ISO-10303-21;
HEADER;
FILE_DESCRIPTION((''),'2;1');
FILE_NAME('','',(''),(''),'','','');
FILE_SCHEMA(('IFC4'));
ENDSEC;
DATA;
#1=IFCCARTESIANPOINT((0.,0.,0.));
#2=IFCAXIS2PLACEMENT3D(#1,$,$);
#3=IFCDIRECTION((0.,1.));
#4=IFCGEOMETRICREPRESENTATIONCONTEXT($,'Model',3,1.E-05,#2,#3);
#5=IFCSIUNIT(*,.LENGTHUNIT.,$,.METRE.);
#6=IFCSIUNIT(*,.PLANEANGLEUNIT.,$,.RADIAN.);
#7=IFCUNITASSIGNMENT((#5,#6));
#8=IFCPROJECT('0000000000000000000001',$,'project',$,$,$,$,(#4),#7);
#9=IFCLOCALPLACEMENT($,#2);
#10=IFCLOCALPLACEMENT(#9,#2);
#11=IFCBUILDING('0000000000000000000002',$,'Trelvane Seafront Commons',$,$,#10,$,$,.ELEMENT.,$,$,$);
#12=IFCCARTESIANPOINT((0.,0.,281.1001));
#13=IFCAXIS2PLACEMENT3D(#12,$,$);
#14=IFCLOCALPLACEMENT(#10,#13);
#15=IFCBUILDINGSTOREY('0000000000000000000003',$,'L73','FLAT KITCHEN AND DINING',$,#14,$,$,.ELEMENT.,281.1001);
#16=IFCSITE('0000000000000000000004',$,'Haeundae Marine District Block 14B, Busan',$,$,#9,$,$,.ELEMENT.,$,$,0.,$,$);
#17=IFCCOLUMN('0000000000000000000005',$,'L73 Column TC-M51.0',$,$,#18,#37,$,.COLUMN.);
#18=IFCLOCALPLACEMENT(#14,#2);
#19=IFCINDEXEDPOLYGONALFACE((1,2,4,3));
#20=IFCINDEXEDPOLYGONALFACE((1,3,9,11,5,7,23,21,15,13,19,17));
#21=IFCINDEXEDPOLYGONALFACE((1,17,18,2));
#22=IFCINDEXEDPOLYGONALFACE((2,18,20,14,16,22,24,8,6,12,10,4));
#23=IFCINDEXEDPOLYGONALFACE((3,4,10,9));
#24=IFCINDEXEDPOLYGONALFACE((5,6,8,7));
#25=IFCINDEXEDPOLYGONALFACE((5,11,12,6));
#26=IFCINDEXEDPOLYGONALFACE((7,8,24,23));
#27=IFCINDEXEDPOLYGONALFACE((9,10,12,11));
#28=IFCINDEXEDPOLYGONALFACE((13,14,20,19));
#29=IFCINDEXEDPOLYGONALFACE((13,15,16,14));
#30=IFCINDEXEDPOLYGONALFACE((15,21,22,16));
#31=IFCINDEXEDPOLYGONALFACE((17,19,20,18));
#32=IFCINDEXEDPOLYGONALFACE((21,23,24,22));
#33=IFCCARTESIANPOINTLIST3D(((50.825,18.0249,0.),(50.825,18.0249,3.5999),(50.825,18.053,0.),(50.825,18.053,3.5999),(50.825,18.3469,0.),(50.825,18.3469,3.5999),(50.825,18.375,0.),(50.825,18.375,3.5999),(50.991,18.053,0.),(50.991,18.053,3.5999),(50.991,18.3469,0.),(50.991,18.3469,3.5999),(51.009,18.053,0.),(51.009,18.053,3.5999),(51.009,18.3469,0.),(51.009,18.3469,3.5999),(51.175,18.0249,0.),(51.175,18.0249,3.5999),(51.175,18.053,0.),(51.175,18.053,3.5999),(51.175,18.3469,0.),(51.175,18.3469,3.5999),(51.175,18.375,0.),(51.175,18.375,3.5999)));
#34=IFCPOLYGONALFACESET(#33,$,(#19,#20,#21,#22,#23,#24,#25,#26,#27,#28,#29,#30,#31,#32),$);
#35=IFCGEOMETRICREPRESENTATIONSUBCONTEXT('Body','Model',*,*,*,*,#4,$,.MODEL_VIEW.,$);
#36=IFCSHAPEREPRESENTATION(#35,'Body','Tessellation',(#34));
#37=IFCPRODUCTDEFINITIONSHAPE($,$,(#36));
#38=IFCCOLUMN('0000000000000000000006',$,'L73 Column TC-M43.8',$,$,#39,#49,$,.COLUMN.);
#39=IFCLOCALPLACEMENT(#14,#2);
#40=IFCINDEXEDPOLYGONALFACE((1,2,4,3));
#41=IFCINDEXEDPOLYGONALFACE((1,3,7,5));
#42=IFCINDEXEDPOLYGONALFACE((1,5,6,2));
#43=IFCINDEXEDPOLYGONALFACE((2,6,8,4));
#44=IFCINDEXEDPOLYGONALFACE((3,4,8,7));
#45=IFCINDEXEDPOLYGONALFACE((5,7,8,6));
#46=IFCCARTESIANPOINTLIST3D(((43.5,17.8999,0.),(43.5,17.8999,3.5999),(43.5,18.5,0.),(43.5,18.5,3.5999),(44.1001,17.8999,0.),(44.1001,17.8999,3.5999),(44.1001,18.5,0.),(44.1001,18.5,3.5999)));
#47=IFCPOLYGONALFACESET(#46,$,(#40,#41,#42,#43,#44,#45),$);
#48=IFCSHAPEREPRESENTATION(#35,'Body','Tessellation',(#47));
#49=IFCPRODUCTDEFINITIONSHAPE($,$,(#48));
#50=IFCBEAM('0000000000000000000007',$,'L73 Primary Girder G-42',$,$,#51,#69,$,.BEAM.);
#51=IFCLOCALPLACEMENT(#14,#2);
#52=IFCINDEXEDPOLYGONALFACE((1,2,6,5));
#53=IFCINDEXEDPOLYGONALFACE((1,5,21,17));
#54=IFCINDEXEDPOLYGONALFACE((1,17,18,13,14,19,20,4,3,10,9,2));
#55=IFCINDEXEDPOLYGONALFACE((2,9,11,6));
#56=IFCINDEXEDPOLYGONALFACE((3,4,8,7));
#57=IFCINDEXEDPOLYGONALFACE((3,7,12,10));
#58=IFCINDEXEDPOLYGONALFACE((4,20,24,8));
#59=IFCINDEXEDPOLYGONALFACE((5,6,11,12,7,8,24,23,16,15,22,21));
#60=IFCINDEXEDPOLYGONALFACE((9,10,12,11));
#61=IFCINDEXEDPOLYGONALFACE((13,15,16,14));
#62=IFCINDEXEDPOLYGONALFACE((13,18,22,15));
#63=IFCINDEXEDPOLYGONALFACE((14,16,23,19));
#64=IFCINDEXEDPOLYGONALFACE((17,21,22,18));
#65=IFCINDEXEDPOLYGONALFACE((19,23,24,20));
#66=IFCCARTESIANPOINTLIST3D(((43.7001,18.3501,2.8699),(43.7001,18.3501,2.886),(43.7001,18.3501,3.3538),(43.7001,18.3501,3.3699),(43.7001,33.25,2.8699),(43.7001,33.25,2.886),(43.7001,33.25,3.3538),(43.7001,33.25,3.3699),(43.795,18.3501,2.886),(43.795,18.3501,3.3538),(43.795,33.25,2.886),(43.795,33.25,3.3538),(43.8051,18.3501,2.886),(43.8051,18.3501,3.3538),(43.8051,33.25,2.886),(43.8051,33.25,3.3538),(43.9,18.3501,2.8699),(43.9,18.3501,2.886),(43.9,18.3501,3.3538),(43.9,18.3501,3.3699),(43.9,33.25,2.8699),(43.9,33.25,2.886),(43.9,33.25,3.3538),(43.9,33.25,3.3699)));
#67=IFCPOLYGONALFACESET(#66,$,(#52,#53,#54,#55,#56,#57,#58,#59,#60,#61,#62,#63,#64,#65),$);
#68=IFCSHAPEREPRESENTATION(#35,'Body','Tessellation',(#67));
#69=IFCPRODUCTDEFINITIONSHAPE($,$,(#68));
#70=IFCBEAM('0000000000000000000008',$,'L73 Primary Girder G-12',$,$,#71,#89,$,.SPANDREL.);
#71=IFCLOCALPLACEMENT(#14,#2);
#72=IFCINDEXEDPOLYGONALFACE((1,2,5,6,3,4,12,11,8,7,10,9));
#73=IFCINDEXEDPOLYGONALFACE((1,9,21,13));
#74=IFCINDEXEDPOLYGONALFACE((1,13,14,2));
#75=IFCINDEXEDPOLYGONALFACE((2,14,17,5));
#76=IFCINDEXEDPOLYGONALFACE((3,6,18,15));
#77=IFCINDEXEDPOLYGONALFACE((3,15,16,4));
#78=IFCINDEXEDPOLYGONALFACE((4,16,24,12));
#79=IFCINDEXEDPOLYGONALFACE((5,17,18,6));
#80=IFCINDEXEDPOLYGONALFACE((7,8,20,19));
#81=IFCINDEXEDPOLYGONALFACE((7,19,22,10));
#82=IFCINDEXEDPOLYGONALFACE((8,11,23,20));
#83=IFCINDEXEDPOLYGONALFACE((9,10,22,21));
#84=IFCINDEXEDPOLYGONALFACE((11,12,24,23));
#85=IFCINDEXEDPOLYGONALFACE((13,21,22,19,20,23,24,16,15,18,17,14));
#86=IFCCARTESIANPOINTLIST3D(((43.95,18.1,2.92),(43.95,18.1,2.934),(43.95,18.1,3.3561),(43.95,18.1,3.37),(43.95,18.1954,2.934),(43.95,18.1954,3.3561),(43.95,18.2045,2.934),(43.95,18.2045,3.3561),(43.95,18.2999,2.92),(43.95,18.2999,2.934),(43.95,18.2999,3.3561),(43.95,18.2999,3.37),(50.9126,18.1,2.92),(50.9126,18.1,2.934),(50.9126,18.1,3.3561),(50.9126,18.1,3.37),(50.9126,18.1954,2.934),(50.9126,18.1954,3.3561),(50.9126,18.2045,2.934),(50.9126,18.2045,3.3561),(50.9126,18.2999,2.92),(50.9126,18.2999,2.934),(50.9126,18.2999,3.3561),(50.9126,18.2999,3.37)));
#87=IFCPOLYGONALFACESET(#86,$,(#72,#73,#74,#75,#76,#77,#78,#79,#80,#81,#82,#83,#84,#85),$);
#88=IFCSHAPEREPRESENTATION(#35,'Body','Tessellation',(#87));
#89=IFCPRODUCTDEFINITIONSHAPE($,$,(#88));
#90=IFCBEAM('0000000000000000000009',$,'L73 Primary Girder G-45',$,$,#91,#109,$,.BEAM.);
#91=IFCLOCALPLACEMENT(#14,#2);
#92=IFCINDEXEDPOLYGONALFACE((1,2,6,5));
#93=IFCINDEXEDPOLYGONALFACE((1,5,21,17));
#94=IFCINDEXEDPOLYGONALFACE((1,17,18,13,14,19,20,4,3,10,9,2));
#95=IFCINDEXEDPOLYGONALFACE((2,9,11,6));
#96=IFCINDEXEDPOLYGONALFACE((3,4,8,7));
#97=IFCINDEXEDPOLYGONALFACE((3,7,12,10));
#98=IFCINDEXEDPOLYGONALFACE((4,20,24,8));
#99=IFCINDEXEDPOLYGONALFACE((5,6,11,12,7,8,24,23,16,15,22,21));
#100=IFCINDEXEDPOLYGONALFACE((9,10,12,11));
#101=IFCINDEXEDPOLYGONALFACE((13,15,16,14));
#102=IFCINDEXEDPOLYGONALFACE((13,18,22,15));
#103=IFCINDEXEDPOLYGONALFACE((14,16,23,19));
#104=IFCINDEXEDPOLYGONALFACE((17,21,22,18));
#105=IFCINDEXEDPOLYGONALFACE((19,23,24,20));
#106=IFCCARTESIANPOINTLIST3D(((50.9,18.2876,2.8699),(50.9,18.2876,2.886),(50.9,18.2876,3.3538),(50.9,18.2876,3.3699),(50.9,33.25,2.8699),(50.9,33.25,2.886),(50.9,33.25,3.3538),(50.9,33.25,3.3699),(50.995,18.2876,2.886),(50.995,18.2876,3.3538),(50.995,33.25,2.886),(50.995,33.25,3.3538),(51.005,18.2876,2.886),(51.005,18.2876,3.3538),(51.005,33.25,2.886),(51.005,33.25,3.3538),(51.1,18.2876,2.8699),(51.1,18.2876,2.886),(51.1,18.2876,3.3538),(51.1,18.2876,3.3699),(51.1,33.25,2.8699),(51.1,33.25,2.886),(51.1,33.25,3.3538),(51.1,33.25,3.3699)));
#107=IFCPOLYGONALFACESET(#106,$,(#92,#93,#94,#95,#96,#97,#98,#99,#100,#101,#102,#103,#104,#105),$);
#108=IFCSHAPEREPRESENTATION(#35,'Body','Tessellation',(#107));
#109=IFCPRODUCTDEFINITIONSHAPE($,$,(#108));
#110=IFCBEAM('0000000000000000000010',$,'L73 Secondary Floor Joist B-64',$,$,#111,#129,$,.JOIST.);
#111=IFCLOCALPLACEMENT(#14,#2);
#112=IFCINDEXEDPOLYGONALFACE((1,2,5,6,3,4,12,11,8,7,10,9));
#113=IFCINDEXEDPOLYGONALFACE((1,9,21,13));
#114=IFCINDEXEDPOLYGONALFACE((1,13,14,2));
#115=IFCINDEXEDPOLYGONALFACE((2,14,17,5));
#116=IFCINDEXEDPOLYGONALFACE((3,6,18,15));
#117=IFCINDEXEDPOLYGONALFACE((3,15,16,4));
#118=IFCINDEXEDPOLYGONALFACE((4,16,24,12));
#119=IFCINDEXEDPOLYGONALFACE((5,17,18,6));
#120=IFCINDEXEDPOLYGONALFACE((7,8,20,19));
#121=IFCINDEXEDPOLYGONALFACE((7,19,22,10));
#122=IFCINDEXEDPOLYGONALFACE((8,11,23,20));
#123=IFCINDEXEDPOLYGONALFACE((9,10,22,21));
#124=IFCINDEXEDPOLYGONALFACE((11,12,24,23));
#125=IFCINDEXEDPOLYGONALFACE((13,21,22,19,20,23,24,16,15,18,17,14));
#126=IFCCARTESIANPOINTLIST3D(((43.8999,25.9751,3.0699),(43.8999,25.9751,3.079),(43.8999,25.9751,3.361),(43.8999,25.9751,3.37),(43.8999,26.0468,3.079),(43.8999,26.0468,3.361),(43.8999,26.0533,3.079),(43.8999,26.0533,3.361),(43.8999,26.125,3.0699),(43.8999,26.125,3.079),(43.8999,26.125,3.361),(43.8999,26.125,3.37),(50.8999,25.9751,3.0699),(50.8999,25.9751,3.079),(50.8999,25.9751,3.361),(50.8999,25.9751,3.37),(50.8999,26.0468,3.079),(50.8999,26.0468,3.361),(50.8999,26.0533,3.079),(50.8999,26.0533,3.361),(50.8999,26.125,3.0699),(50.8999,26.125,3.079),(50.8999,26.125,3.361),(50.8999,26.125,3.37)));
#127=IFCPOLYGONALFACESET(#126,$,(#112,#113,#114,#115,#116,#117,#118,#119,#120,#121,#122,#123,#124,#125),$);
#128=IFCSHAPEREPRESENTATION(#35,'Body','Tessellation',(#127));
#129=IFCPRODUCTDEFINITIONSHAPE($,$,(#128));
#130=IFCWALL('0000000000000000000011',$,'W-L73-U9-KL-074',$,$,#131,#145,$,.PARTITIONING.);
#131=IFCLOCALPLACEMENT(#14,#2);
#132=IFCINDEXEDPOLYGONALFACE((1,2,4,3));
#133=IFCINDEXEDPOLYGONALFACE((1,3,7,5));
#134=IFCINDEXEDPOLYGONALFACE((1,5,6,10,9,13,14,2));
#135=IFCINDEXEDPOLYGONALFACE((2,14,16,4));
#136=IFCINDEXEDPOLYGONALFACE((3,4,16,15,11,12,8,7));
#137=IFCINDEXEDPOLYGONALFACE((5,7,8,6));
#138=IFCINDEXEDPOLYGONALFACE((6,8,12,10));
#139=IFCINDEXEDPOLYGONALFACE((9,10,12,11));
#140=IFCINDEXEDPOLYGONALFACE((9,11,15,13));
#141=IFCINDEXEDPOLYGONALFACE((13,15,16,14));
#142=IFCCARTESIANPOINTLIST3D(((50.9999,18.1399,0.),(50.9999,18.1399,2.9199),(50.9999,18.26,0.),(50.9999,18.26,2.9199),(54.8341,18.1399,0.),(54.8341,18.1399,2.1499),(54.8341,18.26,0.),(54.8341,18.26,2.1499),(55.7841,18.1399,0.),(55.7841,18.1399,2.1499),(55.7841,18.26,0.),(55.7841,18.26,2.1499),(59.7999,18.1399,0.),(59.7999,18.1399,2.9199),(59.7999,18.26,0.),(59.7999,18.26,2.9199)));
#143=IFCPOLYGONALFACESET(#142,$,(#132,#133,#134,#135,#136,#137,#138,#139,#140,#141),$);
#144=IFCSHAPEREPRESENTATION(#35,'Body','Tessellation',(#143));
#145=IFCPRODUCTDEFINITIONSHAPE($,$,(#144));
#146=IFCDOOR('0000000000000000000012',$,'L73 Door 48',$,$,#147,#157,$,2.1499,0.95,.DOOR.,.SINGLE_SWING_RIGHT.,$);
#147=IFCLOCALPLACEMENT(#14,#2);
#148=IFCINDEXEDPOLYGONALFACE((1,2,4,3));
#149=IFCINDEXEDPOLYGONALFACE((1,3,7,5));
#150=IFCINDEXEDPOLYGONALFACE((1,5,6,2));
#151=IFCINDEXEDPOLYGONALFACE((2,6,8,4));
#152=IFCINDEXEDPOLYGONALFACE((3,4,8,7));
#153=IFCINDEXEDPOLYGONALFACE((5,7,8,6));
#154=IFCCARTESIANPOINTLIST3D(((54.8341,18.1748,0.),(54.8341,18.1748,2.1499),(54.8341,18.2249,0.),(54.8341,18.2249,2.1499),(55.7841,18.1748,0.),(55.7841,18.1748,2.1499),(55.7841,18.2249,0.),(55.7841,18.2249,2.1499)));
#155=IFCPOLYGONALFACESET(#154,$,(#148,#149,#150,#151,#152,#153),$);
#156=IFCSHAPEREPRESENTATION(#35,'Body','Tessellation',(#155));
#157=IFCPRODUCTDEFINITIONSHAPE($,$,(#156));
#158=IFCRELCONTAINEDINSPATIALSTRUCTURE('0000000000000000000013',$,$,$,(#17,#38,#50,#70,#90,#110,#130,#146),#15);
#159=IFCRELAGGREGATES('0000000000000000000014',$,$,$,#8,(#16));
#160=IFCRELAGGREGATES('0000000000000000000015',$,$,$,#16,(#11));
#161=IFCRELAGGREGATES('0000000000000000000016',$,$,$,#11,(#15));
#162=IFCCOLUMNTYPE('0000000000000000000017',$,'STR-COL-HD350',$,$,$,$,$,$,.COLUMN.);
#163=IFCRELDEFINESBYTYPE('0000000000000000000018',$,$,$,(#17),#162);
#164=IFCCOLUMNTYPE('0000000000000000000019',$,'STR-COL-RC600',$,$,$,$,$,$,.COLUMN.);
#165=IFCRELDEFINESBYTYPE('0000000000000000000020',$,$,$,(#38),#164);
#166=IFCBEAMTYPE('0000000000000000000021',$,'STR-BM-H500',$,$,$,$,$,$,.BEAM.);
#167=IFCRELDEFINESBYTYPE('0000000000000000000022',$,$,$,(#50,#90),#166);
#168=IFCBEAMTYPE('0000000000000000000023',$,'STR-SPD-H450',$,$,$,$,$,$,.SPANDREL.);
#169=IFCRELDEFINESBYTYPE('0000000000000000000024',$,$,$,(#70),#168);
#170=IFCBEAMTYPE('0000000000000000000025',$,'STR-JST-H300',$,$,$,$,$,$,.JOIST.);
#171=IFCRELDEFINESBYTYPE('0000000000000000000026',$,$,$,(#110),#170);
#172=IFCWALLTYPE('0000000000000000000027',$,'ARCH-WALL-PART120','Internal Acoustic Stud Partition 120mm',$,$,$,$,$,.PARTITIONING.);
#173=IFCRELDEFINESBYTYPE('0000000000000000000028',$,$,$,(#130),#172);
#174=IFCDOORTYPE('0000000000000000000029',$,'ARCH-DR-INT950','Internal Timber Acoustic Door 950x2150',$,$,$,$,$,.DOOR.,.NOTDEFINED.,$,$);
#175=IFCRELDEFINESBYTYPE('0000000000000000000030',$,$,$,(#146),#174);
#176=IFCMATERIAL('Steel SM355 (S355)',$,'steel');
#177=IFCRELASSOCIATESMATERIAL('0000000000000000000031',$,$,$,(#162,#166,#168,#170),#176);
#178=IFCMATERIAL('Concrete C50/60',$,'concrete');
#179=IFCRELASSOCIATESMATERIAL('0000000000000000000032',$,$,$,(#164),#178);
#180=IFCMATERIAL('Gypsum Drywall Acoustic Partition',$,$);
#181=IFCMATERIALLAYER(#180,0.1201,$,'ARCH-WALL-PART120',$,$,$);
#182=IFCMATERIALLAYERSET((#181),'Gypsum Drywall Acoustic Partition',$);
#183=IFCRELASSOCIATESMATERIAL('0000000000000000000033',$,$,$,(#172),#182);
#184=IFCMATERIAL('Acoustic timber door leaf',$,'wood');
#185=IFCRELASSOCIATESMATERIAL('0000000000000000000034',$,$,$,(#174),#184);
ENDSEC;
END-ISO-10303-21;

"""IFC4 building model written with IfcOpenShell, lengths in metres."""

from ifc_helpers import new_model, si_unit, direction, frame, frame_2d, origin, origin_2d, place, context, subcontext, project, spatial, rectangle, i_section, extrude, source, transform, mapped, material, layer, layer_set, material_profile, profile_set, type_object, element, fill, save


model = new_model("IFC4")

# Units and contexts
model_context = context("Model", 3, precision=1e-05, world=origin(), true_north=direction((0.0, 1.0)))
body_context = subcontext(model_context, "Body", "Model", "MODEL_VIEW")
ifc_project = project(units=[si_unit("LENGTHUNIT", "METRE"), si_unit("PLANEANGLEUNIT", "RADIAN")], contexts=[model_context])

# Site, building, storey
site_placement = place(None, origin())
site = spatial("IfcSite", under=ifc_project, at=site_placement, Name="Haeundae Marine District Block 14B, Busan", CompositionType="ELEMENT", RefElevation=0.0)
building_placement = place(site_placement, origin())
building = spatial("IfcBuilding", under=site, at=building_placement, Name="Trelvane Seafront Commons", CompositionType="ELEMENT")
storey_placement = place(building_placement, frame((0.0, 0.0, 281.1001)))
storey = spatial("IfcBuildingStorey", under=building, at=storey_placement, Name="L73", Description="FLAT KITCHEN AND DINING", CompositionType="ELEMENT", Elevation=281.1001)

# Columns
ifc_material_1 = material(Name="Steel SM355 (S355)", Category="steel")
ifc_material_profile_1 = material_profile(ifc_material_1, i_section(OverallWidth=0.3501, OverallDepth=0.3501, WebThickness=0.0181, FlangeThickness=0.0281, at=origin_2d()), Name="HD-350x350x18x28")
ifc_profile_set_1 = profile_set([ifc_material_profile_1], Name="Steel SM355 (S355)")
column_type_1 = type_object("IfcColumnType", Name="STR-COL-HD350", PredefinedType="COLUMN", material=ifc_profile_set_1)
shared_shape_1 = source(origin(), body_context, "Body", "SweptSolid", [
    extrude(i_section(OverallWidth=0.3501, OverallDepth=0.3501, WebThickness=0.0181, FlangeThickness=0.0281, at=origin_2d()), origin(), (0.0, 0.0, 1.0), 3.5999),
])
column_1_placement = place(storey_placement, frame((51.0, 18.2, 0.0), z_axis=(0.0, 0.0, 1.0), x_axis=(1.0, 0.0, 0.0)))
element("IfcColumn", 1, at=column_1_placement, inside=storey, type_object=column_type_1, Name="L73 Column TC-M51.0", PredefinedType="COLUMN", context=body_context, shape_type="MappedRepresentation", body=[
    mapped(shared_shape_1, transform((0.0, 0.0, 0.0), x_axis=(1.0, 0.0, 0.0), y_axis=(0.0, 1.0, 0.0), z_axis=(0.0, 0.0, 1.0), scale=1.0)),
])
ifc_material_2 = material(Name="Concrete C50/60", Category="concrete")
ifc_material_profile_2 = material_profile(ifc_material_2, rectangle(XDim=0.6001, YDim=0.6001, at=origin_2d()), Name="RC-600x600")
ifc_profile_set_2 = profile_set([ifc_material_profile_2], Name="Concrete C50/60")
column_type_2 = type_object("IfcColumnType", Name="STR-COL-RC600", PredefinedType="COLUMN", material=ifc_profile_set_2)
shared_shape_2 = source(origin(), body_context, "Body", "SweptSolid", [
    extrude(rectangle(XDim=0.6001, YDim=0.6001, at=origin_2d()), origin(), (0.0, 0.0, 1.0), 3.5999),
])
column_2_placement = place(storey_placement, frame((43.8, 18.2, 0.0), z_axis=(0.0, 0.0, 1.0), x_axis=(1.0, 0.0, 0.0)))
element("IfcColumn", 2, at=column_2_placement, inside=storey, type_object=column_type_2, Name="L73 Column TC-M43.8", PredefinedType="COLUMN", context=body_context, shape_type="MappedRepresentation", body=[
    mapped(shared_shape_2, transform((0.0, 0.0, 0.0), x_axis=(1.0, 0.0, 0.0), y_axis=(0.0, 1.0, 0.0), z_axis=(0.0, 0.0, 1.0), scale=1.0)),
])

# Beams
ifc_material_profile_3 = material_profile(ifc_material_1, i_section(OverallWidth=0.2, OverallDepth=0.5, WebThickness=0.01, FlangeThickness=0.0161, at=origin_2d()), Name="H-500x200x10x16")
ifc_profile_set_3 = profile_set([ifc_material_profile_3], Name="Steel SM355 (S355)")
beam_type_1 = type_object("IfcBeamType", Name="STR-BM-H500", PredefinedType="BEAM", material=ifc_profile_set_3)
shared_shape_3 = source(origin(), body_context, "Body", "SweptSolid", [
    extrude(i_section(OverallWidth=0.2, OverallDepth=0.5, WebThickness=0.01, FlangeThickness=0.0161, at=origin_2d()), origin(), (0.0, 0.0, 1.0), 14.8999),
])
beam_1_placement = place(storey_placement, frame((43.8, 18.3501, 3.1199), z_axis=(0.0, 1.0, 0.0), x_axis=(-1.0, 0.0, 0.0)))
element("IfcBeam", 3, at=beam_1_placement, inside=storey, type_object=beam_type_1, Name="L73 Primary Girder G-42", PredefinedType="BEAM", context=body_context, shape_type="MappedRepresentation", body=[
    mapped(shared_shape_3, transform((0.0, 0.0, 0.0), x_axis=(1.0, 0.0, 0.0), y_axis=(0.0, 1.0, 0.0), z_axis=(0.0, 0.0, 1.0), scale=1.0)),
])
ifc_material_profile_4 = material_profile(ifc_material_1, i_section(OverallWidth=0.2, OverallDepth=0.45, WebThickness=0.009, FlangeThickness=0.0139, at=origin_2d()), Name="H-450x200x9x14")
ifc_profile_set_4 = profile_set([ifc_material_profile_4], Name="Steel SM355 (S355)")
beam_type_2 = type_object("IfcBeamType", Name="STR-SPD-H450", PredefinedType="SPANDREL", material=ifc_profile_set_4)
shared_shape_4 = source(origin(), body_context, "Body", "SweptSolid", [
    extrude(i_section(OverallWidth=0.2, OverallDepth=0.45, WebThickness=0.009, FlangeThickness=0.0139, at=origin_2d()), origin(), (0.0, 0.0, 1.0), 6.9626),
])
beam_2_placement = place(storey_placement, frame((43.95, 18.2, 3.145), z_axis=(1.0, 0.0, 0.0), x_axis=(0.0, 1.0, 0.0)))
element("IfcBeam", 4, at=beam_2_placement, inside=storey, type_object=beam_type_2, Name="L73 Primary Girder G-12", PredefinedType="SPANDREL", context=body_context, shape_type="MappedRepresentation", body=[
    mapped(shared_shape_4, transform((0.0, 0.0, 0.0), x_axis=(1.0, 0.0, 0.0), y_axis=(0.0, 1.0, 0.0), z_axis=(0.0, 0.0, 1.0), scale=1.0)),
])
shared_shape_5 = source(origin(), body_context, "Body", "SweptSolid", [
    extrude(i_section(OverallWidth=0.2, OverallDepth=0.5, WebThickness=0.01, FlangeThickness=0.0161, at=origin_2d()), origin(), (0.0, 0.0, 1.0), 14.9624),
])
beam_3_placement = place(storey_placement, frame((51.0, 18.2876, 3.1199), z_axis=(0.0, 1.0, 0.0), x_axis=(-1.0, 0.0, 0.0)))
element("IfcBeam", 5, at=beam_3_placement, inside=storey, type_object=beam_type_1, Name="L73 Primary Girder G-45", PredefinedType="BEAM", context=body_context, shape_type="MappedRepresentation", body=[
    mapped(shared_shape_5, transform((0.0, 0.0, 0.0), x_axis=(1.0, 0.0, 0.0), y_axis=(0.0, 1.0, 0.0), z_axis=(0.0, 0.0, 1.0), scale=1.0)),
])
ifc_material_profile_5 = material_profile(ifc_material_1, i_section(OverallWidth=0.1499, OverallDepth=0.3, WebThickness=0.0066, FlangeThickness=0.009, at=origin_2d()), Name="H-300x150x6.5x9")
ifc_profile_set_5 = profile_set([ifc_material_profile_5], Name="Steel SM355 (S355)")
beam_type_3 = type_object("IfcBeamType", Name="STR-JST-H300", PredefinedType="JOIST", material=ifc_profile_set_5)
shared_shape_6 = source(origin(), body_context, "Body", "SweptSolid", [
    extrude(i_section(OverallWidth=0.1499, OverallDepth=0.3, WebThickness=0.0066, FlangeThickness=0.009, at=origin_2d()), origin(), (0.0, 0.0, 1.0), 7.0),
])
beam_4_placement = place(storey_placement, frame((43.8999, 26.05, 3.22), z_axis=(1.0, 0.0, 0.0), x_axis=(0.0, 1.0, 0.0)))
element("IfcBeam", 6, at=beam_4_placement, inside=storey, type_object=beam_type_3, Name="L73 Secondary Floor Joist B-64", PredefinedType="JOIST", context=body_context, shape_type="MappedRepresentation", body=[
    mapped(shared_shape_6, transform((0.0, 0.0, 0.0), x_axis=(1.0, 0.0, 0.0), y_axis=(0.0, 1.0, 0.0), z_axis=(0.0, 0.0, 1.0), scale=1.0)),
])

# Wall, opening, door
ifc_material_3 = material(Name="Gypsum Drywall Acoustic Partition")
ifc_layer_1 = layer(ifc_material_3, 0.1201, Name="ARCH-WALL-PART120")
ifc_layer_set_1 = layer_set([ifc_layer_1], Name="Gypsum Drywall Acoustic Partition")
wall_type_1 = type_object("IfcWallType", Name="ARCH-WALL-PART120", Description="Internal Acoustic Stud Partition 120mm", PredefinedType="PARTITIONING", material=ifc_layer_set_1)
ifc_material_4 = material(Name="Acoustic timber door leaf", Category="wood")
door_type_1 = type_object("IfcDoorType", Name="ARCH-DR-INT950", Description="Internal Timber Acoustic Door 950x2150", OperationType="NOTDEFINED", PredefinedType="DOOR", material=ifc_material_4)
shared_shape_7 = source(origin(), body_context, "Body", "SweptSolid", [
    extrude(rectangle(XDim=0.95, YDim=2.1499, at=frame_2d((0.4751, 1.075))), frame((0.0, 0.0249, 0.0), z_axis=(0.0, -1.0, 0.0), x_axis=(1.0, 0.0, 0.0)), (0.0, 0.0, 1.0), 0.05),
])
wall_1_placement = place(storey_placement, frame((51.0, 18.2, 0.0), z_axis=(0.0, 0.0, 1.0), x_axis=(1.0, 0.0, 0.0)))
wall_1 = element("IfcWall", 7, at=wall_1_placement, inside=storey, type_object=wall_type_1, Name="W-L73-U9-KL-074", PredefinedType="PARTITIONING", context=body_context, shape_type="SweptSolid", body=[
    extrude(rectangle(XDim=8.8, YDim=0.1201, at=frame_2d((4.3999, 0.0))), origin(), (0.0, 0.0, 1.0), 2.9199),
])
opening_1_placement = place(wall_1_placement, frame((3.834, 0.0, 0.0)))
opening_1 = element("IfcOpeningElement", 8, at=opening_1_placement, cuts=wall_1, PredefinedType="OPENING", context=body_context, shape_type="SweptSolid", body=[
    extrude(rectangle(XDim=0.95, YDim=2.1499, at=frame_2d((0.4751, 1.075))), frame((0.0, 0.0701, 0.0), z_axis=(0.0, -1.0, 0.0), x_axis=(1.0, 0.0, 0.0)), (0.0, 0.0, 1.0), 0.1401),
])
door_1_placement = place(opening_1_placement, origin())
door_1 = element("IfcDoor", 9, at=door_1_placement, inside=storey, type_object=door_type_1, Name="L73 Door 48", OperationType="SINGLE_SWING_RIGHT", OverallHeight=2.1499, OverallWidth=0.95, PredefinedType="DOOR", context=body_context, shape_type="MappedRepresentation", body=[
    mapped(shared_shape_7, transform((0.0, 0.0, 0.0), x_axis=(1.0, 0.0, 0.0), y_axis=(0.0, 1.0, 0.0), z_axis=(0.0, 0.0, 1.0), scale=1.0)),
])
fill(opening_1, door_1)

save(model, "model.ifc")
